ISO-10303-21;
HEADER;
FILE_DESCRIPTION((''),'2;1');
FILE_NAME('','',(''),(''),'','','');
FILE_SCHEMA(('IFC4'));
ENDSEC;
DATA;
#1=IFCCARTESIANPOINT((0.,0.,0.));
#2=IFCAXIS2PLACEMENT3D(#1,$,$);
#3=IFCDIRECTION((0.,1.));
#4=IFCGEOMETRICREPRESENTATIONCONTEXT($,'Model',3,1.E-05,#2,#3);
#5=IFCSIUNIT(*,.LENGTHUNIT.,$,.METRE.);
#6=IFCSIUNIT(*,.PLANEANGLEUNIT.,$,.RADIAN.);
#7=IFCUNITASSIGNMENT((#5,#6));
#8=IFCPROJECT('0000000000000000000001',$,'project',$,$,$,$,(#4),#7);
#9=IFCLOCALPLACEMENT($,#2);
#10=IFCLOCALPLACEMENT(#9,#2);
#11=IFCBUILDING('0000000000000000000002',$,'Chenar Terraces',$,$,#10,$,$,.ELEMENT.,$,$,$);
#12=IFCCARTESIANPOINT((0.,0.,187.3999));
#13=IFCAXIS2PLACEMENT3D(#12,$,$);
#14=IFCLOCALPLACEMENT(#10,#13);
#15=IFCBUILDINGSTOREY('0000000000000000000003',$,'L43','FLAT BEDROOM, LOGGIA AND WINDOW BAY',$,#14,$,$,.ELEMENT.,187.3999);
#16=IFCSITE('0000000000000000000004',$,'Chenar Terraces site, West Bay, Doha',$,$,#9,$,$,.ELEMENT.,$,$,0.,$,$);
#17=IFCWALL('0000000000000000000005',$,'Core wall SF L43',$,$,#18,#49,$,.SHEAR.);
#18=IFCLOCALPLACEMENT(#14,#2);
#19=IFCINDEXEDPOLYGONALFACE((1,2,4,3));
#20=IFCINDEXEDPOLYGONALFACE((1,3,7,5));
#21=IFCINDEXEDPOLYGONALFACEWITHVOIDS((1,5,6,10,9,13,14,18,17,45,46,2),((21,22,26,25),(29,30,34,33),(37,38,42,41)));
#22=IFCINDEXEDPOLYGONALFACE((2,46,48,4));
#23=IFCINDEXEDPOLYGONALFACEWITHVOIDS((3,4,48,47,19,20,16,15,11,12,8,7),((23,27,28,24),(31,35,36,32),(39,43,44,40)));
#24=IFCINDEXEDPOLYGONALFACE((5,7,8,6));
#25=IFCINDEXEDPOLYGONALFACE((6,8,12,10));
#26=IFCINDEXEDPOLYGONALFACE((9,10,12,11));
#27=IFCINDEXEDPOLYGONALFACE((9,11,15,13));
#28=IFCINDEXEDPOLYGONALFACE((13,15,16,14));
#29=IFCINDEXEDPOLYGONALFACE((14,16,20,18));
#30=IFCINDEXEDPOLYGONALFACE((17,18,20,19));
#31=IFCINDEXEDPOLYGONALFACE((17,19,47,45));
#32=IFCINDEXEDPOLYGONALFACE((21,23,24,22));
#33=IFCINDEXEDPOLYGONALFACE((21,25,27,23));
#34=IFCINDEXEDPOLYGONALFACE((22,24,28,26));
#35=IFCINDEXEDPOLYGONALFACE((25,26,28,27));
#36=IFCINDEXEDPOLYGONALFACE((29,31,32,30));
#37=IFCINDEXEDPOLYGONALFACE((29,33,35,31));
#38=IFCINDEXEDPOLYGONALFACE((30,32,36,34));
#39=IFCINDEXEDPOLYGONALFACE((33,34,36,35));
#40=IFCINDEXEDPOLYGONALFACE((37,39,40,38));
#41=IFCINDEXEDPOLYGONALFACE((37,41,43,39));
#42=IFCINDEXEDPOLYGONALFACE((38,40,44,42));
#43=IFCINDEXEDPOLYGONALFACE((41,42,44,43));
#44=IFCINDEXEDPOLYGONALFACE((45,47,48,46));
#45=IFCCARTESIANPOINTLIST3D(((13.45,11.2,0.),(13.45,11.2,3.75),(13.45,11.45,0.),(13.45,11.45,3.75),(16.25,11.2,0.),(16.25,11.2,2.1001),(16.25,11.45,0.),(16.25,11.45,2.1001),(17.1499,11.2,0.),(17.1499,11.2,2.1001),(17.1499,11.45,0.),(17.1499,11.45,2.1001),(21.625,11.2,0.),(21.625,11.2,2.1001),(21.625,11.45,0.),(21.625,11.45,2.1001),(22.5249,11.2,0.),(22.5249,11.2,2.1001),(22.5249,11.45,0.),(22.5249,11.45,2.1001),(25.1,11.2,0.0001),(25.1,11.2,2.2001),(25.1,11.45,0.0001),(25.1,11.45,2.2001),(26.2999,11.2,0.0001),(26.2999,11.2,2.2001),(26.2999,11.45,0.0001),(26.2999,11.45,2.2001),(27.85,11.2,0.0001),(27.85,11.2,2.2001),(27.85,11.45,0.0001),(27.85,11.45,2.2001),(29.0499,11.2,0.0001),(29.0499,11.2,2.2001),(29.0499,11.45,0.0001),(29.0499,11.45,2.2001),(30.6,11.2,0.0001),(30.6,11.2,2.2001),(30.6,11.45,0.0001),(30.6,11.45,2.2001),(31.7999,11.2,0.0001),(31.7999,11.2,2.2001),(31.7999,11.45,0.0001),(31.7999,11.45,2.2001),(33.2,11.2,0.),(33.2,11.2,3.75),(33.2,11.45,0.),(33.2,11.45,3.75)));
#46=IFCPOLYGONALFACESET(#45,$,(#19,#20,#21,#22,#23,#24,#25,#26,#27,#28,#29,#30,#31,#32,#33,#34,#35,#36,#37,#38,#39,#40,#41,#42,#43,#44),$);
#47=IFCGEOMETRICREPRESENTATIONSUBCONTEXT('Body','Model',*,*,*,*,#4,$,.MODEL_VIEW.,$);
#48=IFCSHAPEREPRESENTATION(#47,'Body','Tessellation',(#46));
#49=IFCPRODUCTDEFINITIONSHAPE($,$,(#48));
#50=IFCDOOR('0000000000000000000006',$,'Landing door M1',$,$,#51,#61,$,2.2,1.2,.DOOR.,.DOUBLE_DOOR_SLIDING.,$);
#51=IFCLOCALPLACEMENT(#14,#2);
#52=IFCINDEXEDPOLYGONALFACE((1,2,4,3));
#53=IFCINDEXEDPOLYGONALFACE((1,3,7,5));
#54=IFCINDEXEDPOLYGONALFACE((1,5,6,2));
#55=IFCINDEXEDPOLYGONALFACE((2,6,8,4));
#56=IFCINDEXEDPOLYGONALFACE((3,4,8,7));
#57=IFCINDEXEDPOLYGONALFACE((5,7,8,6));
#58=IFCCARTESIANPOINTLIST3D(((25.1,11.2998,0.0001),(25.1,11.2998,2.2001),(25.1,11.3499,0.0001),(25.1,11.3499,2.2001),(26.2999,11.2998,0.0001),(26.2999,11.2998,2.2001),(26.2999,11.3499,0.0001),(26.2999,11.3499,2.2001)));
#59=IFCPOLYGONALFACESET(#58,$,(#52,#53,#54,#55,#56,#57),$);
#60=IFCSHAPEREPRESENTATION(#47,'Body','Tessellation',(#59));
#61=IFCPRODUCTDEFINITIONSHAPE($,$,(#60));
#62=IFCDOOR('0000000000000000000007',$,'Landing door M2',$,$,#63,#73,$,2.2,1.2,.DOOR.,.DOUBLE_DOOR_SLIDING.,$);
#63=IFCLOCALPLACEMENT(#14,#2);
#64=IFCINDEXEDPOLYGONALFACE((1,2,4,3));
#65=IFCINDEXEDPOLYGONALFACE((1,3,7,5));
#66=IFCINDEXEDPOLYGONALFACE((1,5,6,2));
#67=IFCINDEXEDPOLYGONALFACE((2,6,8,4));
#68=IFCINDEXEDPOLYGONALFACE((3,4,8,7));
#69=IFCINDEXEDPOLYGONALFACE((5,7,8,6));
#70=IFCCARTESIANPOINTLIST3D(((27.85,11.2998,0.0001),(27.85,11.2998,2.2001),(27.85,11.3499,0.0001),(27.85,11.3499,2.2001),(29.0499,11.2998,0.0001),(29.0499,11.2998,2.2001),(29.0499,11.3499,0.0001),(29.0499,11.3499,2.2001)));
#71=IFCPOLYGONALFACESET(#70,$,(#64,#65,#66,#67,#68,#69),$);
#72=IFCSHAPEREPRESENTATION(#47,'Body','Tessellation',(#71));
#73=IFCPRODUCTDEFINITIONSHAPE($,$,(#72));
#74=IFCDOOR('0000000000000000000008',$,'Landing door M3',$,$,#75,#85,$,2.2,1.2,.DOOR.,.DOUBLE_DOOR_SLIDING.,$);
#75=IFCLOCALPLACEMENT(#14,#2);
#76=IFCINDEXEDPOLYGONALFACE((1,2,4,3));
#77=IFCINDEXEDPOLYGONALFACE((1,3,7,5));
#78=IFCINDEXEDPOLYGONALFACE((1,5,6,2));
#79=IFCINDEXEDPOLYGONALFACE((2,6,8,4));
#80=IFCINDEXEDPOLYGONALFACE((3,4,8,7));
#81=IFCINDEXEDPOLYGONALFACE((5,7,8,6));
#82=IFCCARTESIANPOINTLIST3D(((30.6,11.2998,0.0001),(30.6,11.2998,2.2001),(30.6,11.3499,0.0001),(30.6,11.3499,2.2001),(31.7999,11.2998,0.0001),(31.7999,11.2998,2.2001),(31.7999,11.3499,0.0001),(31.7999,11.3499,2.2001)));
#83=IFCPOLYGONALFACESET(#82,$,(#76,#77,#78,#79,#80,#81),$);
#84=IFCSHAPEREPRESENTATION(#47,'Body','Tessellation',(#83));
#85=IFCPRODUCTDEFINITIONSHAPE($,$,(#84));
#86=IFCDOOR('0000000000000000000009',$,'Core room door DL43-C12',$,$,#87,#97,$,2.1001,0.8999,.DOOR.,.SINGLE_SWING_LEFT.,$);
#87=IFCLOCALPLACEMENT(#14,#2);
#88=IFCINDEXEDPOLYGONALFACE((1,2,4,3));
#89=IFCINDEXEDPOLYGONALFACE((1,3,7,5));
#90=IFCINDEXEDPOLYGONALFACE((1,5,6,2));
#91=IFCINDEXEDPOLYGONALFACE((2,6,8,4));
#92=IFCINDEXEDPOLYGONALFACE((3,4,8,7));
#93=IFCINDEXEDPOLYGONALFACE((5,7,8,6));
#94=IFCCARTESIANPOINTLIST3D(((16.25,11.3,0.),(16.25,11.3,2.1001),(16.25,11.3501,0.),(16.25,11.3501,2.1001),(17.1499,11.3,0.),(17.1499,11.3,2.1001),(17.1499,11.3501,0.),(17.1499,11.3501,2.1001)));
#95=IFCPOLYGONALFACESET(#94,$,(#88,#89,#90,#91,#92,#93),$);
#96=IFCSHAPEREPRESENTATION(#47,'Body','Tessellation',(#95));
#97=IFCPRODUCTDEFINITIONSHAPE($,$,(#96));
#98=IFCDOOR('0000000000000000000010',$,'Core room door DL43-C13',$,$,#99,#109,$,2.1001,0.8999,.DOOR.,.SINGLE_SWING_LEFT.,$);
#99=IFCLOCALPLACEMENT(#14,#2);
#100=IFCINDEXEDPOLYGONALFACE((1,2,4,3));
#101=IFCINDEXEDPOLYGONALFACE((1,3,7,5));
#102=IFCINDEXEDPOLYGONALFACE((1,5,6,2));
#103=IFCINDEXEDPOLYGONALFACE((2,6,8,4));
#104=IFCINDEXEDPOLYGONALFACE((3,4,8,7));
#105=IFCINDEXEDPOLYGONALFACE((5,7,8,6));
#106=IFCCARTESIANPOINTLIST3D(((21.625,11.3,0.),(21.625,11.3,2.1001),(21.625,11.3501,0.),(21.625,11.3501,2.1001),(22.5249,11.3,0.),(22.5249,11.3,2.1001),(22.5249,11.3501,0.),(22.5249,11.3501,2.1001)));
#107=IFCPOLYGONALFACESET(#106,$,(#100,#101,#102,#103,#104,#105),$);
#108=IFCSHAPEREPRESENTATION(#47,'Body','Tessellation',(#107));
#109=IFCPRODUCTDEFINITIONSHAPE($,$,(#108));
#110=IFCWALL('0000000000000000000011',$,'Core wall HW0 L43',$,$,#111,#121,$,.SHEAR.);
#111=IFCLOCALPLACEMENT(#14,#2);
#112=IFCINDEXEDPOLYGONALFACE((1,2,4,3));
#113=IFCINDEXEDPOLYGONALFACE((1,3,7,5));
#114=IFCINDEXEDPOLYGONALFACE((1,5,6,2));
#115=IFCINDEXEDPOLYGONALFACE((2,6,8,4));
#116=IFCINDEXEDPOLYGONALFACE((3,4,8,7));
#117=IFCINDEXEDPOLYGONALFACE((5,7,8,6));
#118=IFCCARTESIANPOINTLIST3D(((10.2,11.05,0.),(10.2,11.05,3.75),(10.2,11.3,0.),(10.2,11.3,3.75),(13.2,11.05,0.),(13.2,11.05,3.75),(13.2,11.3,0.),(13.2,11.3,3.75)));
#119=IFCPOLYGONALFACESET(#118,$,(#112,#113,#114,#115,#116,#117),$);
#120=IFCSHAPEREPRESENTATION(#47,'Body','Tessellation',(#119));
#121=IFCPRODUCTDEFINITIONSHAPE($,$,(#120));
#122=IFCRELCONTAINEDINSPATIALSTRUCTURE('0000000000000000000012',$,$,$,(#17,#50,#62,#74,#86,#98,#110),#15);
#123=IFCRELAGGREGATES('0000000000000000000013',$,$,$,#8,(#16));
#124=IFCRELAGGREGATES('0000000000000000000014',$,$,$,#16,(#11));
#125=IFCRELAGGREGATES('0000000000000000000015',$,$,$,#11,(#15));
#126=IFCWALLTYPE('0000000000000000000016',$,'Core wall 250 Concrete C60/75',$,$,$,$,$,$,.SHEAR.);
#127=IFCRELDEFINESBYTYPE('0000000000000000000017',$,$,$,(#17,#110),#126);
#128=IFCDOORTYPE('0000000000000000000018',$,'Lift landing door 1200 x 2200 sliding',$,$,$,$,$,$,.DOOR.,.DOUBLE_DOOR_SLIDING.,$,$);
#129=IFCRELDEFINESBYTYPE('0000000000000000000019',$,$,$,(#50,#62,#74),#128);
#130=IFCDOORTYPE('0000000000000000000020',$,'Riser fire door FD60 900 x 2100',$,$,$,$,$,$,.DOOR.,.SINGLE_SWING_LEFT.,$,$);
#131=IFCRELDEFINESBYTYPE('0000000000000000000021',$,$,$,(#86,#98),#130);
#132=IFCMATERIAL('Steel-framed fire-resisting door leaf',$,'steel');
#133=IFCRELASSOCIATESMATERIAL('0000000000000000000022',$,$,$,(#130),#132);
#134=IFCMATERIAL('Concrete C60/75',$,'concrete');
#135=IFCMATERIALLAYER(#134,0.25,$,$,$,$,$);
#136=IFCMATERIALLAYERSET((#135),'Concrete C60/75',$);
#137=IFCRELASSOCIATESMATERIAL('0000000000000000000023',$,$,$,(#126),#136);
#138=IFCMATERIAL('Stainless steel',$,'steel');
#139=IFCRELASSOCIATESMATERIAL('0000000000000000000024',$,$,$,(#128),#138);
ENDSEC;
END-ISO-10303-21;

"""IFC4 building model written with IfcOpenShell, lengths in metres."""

from ifc_helpers import new_model, si_unit, direction, frame, frame_2d, origin, place, context, subcontext, project, spatial, rectangle, extrude, material, layer, layer_set, type_object, element, fill, save


model = new_model("IFC4")

# Units and contexts
model_context = context("Model", 3, precision=1e-05, world=origin(), true_north=direction((0.0, 1.0)))
body_context = subcontext(model_context, "Body", "Model", "MODEL_VIEW")
ifc_project = project(units=[si_unit("LENGTHUNIT", "METRE"), si_unit("PLANEANGLEUNIT", "RADIAN")], contexts=[model_context])

# Site, building, storey
site_placement = place(None, origin())
site = spatial("IfcSite", under=ifc_project, at=site_placement, Name="Chenar Terraces site, West Bay, Doha", CompositionType="ELEMENT", RefElevation=0.0)
building_placement = place(site_placement, origin())
building = spatial("IfcBuilding", under=site, at=building_placement, Name="Chenar Terraces", CompositionType="ELEMENT")
storey_placement = place(building_placement, frame((0.0, 0.0, 187.3999)))
storey = spatial("IfcBuildingStorey", under=building, at=storey_placement, Name="L43", Description="FLAT BEDROOM, LOGGIA AND WINDOW BAY", CompositionType="ELEMENT", Elevation=187.3999)

# Shared definitions
ifc_material_1 = material(Name="Steel-framed fire-resisting door leaf", Category="steel")
door_type_1 = type_object("IfcDoorType", Name="Riser fire door FD60 900 x 2100", OperationType="SINGLE_SWING_LEFT", PredefinedType="DOOR", material=ifc_material_1)

# Shared definitions
ifc_material_2 = material(Name="Concrete C60/75", Category="concrete")
ifc_layer_1 = layer(ifc_material_2, 0.25)
ifc_layer_set_1 = layer_set([ifc_layer_1], Name="Concrete C60/75")
wall_type_1 = type_object("IfcWallType", Name="Core wall 250 Concrete C60/75", PredefinedType="SHEAR", material=ifc_layer_set_1)

# Wall, openings, doors
wall_1_placement = place(storey_placement, frame((13.45, 11.325, 0.0), z_axis=(0.0, 0.0, 1.0), x_axis=(1.0, 0.0, 0.0)))
wall_1 = element("IfcWall", 1, at=wall_1_placement, inside=storey, type_object=wall_type_1, Name="Core wall SF L43", PredefinedType="SHEAR", context=body_context, shape_type="SweptSolid", body=[
    extrude(rectangle(XDim=19.75, YDim=0.25, at=frame_2d((9.875, 0.0))), origin(), (0.0, 0.0, 1.0), 3.75),
])
opening_1_placement = place(wall_1_placement, frame((11.6499, 0.0, 0.0)))
opening_1 = element("IfcOpeningElement", 2, at=opening_1_placement, cuts=wall_1, PredefinedType="OPENING", context=body_context, shape_type="SweptSolid", body=[
    extrude(rectangle(XDim=1.2, YDim=2.2, at=frame_2d((0.6001, 1.1001))), frame((0.0, 0.135, 0.0), z_axis=(0.0, -1.0, 0.0), x_axis=(1.0, 0.0, 0.0)), (0.0, 0.0, 1.0), 0.27),
])
opening_2_placement = place(wall_1_placement, frame((14.3999, 0.0, 0.0)))
opening_2 = element("IfcOpeningElement", 3, at=opening_2_placement, cuts=wall_1, PredefinedType="OPENING", context=body_context, shape_type="SweptSolid", body=[
    extrude(rectangle(XDim=1.2, YDim=2.2, at=frame_2d((0.6001, 1.1001))), frame((0.0, 0.135, 0.0), z_axis=(0.0, -1.0, 0.0), x_axis=(1.0, 0.0, 0.0)), (0.0, 0.0, 1.0), 0.27),
])
opening_3_placement = place(wall_1_placement, frame((17.1499, 0.0, 0.0)))
opening_3 = element("IfcOpeningElement", 4, at=opening_3_placement, cuts=wall_1, PredefinedType="OPENING", context=body_context, shape_type="SweptSolid", body=[
    extrude(rectangle(XDim=1.2, YDim=2.2, at=frame_2d((0.6001, 1.1001))), frame((0.0, 0.135, 0.0), z_axis=(0.0, -1.0, 0.0), x_axis=(1.0, 0.0, 0.0)), (0.0, 0.0, 1.0), 0.27),
])
opening_4_placement = place(wall_1_placement, frame((2.8, 0.0, 0.0)))
opening_4 = element("IfcOpeningElement", 5, at=opening_4_placement, cuts=wall_1, PredefinedType="OPENING", context=body_context, shape_type="SweptSolid", body=[
    extrude(rectangle(XDim=0.8999, YDim=2.1001, at=frame_2d((0.45, 1.05))), frame((0.0, 0.135, 0.0), z_axis=(0.0, -1.0, 0.0), x_axis=(1.0, 0.0, 0.0)), (0.0, 0.0, 1.0), 0.27),
])
opening_5_placement = place(wall_1_placement, frame((8.175, 0.0, 0.0)))
opening_5 = element("IfcOpeningElement", 6, at=opening_5_placement, cuts=wall_1, PredefinedType="OPENING", context=body_context, shape_type="SweptSolid", body=[
    extrude(rectangle(XDim=0.8999, YDim=2.1001, at=frame_2d((0.45, 1.05))), frame((0.0, 0.135, 0.0), z_axis=(0.0, -1.0, 0.0), x_axis=(1.0, 0.0, 0.0)), (0.0, 0.0, 1.0), 0.27),
])
ifc_material_3 = material(Name="Stainless steel", Category="steel")
door_type_2 = type_object("IfcDoorType", Name="Lift landing door 1200 x 2200 sliding", OperationType="DOUBLE_DOOR_SLIDING", PredefinedType="DOOR", material=ifc_material_3)
door_1_placement = place(opening_1_placement, origin())
door_1 = element("IfcDoor", 7, at=door_1_placement, inside=storey, type_object=door_type_2, Name="Landing door M1", OperationType="DOUBLE_DOOR_SLIDING", OverallHeight=2.2, OverallWidth=1.2, PredefinedType="DOOR", context=body_context, shape_type="SweptSolid", body=[
    extrude(rectangle(XDim=1.2, YDim=2.2, at=frame_2d((0.6001, 1.1001))), frame((0.0, 0.0249, 0.0), z_axis=(0.0, -1.0, 0.0), x_axis=(1.0, 0.0, 0.0)), (0.0, 0.0, 1.0), 0.05),
])
fill(opening_1, door_1)
door_2_placement = place(opening_2_placement, origin())
door_2 = element("IfcDoor", 8, at=door_2_placement, inside=storey, type_object=door_type_2, Name="Landing door M2", OperationType="DOUBLE_DOOR_SLIDING", OverallHeight=2.2, OverallWidth=1.2, PredefinedType="DOOR", context=body_context, shape_type="SweptSolid", body=[
    extrude(rectangle(XDim=1.2, YDim=2.2, at=frame_2d((0.6001, 1.1001))), frame((0.0, 0.0249, 0.0), z_axis=(0.0, -1.0, 0.0), x_axis=(1.0, 0.0, 0.0)), (0.0, 0.0, 1.0), 0.05),
])
fill(opening_2, door_2)
door_3_placement = place(opening_3_placement, origin())
door_3 = element("IfcDoor", 9, at=door_3_placement, inside=storey, type_object=door_type_2, Name="Landing door M3", OperationType="DOUBLE_DOOR_SLIDING", OverallHeight=2.2, OverallWidth=1.2, PredefinedType="DOOR", context=body_context, shape_type="SweptSolid", body=[
    extrude(rectangle(XDim=1.2, YDim=2.2, at=frame_2d((0.6001, 1.1001))), frame((0.0, 0.0249, 0.0), z_axis=(0.0, -1.0, 0.0), x_axis=(1.0, 0.0, 0.0)), (0.0, 0.0, 1.0), 0.05),
])
fill(opening_3, door_3)
door_4_placement = place(opening_4_placement, frame((0.8999, 0.0, 0.0), z_axis=(0.0, 0.0, 1.0), x_axis=(-1.0, 0.0, 0.0)))
door_4 = element("IfcDoor", 10, at=door_4_placement, inside=storey, type_object=door_type_1, Name="Core room door DL43-C12", OperationType="SINGLE_SWING_LEFT", OverallHeight=2.1001, OverallWidth=0.8999, PredefinedType="DOOR", context=body_context, shape_type="SweptSolid", body=[
    extrude(rectangle(XDim=0.8999, YDim=2.1001, at=frame_2d((0.45, 1.05))), frame((0.0, 0.0249, 0.0), z_axis=(0.0, -1.0, 0.0), x_axis=(1.0, 0.0, 0.0)), (0.0, 0.0, 1.0), 0.05),
])
fill(opening_4, door_4)
door_5_placement = place(opening_5_placement, frame((0.8999, 0.0, 0.0), z_axis=(0.0, 0.0, 1.0), x_axis=(-1.0, 0.0, 0.0)))
door_5 = element("IfcDoor", 11, at=door_5_placement, inside=storey, type_object=door_type_1, Name="Core room door DL43-C13", OperationType="SINGLE_SWING_LEFT", OverallHeight=2.1001, OverallWidth=0.8999, PredefinedType="DOOR", context=body_context, shape_type="SweptSolid", body=[
    extrude(rectangle(XDim=0.8999, YDim=2.1001, at=frame_2d((0.45, 1.05))), frame((0.0, 0.0249, 0.0), z_axis=(0.0, -1.0, 0.0), x_axis=(1.0, 0.0, 0.0)), (0.0, 0.0, 1.0), 0.05),
])
fill(opening_5, door_5)

# Wall
wall_2_placement = place(storey_placement, frame((10.2, 11.175, 0.0), z_axis=(0.0, 0.0, 1.0), x_axis=(1.0, 0.0, 0.0)))
element("IfcWall", 12, at=wall_2_placement, inside=storey, type_object=wall_type_1, Name="Core wall HW0 L43", PredefinedType="SHEAR", context=body_context, shape_type="SweptSolid", body=[
    extrude(rectangle(XDim=3.0, YDim=0.25, at=frame_2d((1.5, 0.0))), origin(), (0.0, 0.0, 1.0), 3.75),
])

save(model, "model.ifc")
